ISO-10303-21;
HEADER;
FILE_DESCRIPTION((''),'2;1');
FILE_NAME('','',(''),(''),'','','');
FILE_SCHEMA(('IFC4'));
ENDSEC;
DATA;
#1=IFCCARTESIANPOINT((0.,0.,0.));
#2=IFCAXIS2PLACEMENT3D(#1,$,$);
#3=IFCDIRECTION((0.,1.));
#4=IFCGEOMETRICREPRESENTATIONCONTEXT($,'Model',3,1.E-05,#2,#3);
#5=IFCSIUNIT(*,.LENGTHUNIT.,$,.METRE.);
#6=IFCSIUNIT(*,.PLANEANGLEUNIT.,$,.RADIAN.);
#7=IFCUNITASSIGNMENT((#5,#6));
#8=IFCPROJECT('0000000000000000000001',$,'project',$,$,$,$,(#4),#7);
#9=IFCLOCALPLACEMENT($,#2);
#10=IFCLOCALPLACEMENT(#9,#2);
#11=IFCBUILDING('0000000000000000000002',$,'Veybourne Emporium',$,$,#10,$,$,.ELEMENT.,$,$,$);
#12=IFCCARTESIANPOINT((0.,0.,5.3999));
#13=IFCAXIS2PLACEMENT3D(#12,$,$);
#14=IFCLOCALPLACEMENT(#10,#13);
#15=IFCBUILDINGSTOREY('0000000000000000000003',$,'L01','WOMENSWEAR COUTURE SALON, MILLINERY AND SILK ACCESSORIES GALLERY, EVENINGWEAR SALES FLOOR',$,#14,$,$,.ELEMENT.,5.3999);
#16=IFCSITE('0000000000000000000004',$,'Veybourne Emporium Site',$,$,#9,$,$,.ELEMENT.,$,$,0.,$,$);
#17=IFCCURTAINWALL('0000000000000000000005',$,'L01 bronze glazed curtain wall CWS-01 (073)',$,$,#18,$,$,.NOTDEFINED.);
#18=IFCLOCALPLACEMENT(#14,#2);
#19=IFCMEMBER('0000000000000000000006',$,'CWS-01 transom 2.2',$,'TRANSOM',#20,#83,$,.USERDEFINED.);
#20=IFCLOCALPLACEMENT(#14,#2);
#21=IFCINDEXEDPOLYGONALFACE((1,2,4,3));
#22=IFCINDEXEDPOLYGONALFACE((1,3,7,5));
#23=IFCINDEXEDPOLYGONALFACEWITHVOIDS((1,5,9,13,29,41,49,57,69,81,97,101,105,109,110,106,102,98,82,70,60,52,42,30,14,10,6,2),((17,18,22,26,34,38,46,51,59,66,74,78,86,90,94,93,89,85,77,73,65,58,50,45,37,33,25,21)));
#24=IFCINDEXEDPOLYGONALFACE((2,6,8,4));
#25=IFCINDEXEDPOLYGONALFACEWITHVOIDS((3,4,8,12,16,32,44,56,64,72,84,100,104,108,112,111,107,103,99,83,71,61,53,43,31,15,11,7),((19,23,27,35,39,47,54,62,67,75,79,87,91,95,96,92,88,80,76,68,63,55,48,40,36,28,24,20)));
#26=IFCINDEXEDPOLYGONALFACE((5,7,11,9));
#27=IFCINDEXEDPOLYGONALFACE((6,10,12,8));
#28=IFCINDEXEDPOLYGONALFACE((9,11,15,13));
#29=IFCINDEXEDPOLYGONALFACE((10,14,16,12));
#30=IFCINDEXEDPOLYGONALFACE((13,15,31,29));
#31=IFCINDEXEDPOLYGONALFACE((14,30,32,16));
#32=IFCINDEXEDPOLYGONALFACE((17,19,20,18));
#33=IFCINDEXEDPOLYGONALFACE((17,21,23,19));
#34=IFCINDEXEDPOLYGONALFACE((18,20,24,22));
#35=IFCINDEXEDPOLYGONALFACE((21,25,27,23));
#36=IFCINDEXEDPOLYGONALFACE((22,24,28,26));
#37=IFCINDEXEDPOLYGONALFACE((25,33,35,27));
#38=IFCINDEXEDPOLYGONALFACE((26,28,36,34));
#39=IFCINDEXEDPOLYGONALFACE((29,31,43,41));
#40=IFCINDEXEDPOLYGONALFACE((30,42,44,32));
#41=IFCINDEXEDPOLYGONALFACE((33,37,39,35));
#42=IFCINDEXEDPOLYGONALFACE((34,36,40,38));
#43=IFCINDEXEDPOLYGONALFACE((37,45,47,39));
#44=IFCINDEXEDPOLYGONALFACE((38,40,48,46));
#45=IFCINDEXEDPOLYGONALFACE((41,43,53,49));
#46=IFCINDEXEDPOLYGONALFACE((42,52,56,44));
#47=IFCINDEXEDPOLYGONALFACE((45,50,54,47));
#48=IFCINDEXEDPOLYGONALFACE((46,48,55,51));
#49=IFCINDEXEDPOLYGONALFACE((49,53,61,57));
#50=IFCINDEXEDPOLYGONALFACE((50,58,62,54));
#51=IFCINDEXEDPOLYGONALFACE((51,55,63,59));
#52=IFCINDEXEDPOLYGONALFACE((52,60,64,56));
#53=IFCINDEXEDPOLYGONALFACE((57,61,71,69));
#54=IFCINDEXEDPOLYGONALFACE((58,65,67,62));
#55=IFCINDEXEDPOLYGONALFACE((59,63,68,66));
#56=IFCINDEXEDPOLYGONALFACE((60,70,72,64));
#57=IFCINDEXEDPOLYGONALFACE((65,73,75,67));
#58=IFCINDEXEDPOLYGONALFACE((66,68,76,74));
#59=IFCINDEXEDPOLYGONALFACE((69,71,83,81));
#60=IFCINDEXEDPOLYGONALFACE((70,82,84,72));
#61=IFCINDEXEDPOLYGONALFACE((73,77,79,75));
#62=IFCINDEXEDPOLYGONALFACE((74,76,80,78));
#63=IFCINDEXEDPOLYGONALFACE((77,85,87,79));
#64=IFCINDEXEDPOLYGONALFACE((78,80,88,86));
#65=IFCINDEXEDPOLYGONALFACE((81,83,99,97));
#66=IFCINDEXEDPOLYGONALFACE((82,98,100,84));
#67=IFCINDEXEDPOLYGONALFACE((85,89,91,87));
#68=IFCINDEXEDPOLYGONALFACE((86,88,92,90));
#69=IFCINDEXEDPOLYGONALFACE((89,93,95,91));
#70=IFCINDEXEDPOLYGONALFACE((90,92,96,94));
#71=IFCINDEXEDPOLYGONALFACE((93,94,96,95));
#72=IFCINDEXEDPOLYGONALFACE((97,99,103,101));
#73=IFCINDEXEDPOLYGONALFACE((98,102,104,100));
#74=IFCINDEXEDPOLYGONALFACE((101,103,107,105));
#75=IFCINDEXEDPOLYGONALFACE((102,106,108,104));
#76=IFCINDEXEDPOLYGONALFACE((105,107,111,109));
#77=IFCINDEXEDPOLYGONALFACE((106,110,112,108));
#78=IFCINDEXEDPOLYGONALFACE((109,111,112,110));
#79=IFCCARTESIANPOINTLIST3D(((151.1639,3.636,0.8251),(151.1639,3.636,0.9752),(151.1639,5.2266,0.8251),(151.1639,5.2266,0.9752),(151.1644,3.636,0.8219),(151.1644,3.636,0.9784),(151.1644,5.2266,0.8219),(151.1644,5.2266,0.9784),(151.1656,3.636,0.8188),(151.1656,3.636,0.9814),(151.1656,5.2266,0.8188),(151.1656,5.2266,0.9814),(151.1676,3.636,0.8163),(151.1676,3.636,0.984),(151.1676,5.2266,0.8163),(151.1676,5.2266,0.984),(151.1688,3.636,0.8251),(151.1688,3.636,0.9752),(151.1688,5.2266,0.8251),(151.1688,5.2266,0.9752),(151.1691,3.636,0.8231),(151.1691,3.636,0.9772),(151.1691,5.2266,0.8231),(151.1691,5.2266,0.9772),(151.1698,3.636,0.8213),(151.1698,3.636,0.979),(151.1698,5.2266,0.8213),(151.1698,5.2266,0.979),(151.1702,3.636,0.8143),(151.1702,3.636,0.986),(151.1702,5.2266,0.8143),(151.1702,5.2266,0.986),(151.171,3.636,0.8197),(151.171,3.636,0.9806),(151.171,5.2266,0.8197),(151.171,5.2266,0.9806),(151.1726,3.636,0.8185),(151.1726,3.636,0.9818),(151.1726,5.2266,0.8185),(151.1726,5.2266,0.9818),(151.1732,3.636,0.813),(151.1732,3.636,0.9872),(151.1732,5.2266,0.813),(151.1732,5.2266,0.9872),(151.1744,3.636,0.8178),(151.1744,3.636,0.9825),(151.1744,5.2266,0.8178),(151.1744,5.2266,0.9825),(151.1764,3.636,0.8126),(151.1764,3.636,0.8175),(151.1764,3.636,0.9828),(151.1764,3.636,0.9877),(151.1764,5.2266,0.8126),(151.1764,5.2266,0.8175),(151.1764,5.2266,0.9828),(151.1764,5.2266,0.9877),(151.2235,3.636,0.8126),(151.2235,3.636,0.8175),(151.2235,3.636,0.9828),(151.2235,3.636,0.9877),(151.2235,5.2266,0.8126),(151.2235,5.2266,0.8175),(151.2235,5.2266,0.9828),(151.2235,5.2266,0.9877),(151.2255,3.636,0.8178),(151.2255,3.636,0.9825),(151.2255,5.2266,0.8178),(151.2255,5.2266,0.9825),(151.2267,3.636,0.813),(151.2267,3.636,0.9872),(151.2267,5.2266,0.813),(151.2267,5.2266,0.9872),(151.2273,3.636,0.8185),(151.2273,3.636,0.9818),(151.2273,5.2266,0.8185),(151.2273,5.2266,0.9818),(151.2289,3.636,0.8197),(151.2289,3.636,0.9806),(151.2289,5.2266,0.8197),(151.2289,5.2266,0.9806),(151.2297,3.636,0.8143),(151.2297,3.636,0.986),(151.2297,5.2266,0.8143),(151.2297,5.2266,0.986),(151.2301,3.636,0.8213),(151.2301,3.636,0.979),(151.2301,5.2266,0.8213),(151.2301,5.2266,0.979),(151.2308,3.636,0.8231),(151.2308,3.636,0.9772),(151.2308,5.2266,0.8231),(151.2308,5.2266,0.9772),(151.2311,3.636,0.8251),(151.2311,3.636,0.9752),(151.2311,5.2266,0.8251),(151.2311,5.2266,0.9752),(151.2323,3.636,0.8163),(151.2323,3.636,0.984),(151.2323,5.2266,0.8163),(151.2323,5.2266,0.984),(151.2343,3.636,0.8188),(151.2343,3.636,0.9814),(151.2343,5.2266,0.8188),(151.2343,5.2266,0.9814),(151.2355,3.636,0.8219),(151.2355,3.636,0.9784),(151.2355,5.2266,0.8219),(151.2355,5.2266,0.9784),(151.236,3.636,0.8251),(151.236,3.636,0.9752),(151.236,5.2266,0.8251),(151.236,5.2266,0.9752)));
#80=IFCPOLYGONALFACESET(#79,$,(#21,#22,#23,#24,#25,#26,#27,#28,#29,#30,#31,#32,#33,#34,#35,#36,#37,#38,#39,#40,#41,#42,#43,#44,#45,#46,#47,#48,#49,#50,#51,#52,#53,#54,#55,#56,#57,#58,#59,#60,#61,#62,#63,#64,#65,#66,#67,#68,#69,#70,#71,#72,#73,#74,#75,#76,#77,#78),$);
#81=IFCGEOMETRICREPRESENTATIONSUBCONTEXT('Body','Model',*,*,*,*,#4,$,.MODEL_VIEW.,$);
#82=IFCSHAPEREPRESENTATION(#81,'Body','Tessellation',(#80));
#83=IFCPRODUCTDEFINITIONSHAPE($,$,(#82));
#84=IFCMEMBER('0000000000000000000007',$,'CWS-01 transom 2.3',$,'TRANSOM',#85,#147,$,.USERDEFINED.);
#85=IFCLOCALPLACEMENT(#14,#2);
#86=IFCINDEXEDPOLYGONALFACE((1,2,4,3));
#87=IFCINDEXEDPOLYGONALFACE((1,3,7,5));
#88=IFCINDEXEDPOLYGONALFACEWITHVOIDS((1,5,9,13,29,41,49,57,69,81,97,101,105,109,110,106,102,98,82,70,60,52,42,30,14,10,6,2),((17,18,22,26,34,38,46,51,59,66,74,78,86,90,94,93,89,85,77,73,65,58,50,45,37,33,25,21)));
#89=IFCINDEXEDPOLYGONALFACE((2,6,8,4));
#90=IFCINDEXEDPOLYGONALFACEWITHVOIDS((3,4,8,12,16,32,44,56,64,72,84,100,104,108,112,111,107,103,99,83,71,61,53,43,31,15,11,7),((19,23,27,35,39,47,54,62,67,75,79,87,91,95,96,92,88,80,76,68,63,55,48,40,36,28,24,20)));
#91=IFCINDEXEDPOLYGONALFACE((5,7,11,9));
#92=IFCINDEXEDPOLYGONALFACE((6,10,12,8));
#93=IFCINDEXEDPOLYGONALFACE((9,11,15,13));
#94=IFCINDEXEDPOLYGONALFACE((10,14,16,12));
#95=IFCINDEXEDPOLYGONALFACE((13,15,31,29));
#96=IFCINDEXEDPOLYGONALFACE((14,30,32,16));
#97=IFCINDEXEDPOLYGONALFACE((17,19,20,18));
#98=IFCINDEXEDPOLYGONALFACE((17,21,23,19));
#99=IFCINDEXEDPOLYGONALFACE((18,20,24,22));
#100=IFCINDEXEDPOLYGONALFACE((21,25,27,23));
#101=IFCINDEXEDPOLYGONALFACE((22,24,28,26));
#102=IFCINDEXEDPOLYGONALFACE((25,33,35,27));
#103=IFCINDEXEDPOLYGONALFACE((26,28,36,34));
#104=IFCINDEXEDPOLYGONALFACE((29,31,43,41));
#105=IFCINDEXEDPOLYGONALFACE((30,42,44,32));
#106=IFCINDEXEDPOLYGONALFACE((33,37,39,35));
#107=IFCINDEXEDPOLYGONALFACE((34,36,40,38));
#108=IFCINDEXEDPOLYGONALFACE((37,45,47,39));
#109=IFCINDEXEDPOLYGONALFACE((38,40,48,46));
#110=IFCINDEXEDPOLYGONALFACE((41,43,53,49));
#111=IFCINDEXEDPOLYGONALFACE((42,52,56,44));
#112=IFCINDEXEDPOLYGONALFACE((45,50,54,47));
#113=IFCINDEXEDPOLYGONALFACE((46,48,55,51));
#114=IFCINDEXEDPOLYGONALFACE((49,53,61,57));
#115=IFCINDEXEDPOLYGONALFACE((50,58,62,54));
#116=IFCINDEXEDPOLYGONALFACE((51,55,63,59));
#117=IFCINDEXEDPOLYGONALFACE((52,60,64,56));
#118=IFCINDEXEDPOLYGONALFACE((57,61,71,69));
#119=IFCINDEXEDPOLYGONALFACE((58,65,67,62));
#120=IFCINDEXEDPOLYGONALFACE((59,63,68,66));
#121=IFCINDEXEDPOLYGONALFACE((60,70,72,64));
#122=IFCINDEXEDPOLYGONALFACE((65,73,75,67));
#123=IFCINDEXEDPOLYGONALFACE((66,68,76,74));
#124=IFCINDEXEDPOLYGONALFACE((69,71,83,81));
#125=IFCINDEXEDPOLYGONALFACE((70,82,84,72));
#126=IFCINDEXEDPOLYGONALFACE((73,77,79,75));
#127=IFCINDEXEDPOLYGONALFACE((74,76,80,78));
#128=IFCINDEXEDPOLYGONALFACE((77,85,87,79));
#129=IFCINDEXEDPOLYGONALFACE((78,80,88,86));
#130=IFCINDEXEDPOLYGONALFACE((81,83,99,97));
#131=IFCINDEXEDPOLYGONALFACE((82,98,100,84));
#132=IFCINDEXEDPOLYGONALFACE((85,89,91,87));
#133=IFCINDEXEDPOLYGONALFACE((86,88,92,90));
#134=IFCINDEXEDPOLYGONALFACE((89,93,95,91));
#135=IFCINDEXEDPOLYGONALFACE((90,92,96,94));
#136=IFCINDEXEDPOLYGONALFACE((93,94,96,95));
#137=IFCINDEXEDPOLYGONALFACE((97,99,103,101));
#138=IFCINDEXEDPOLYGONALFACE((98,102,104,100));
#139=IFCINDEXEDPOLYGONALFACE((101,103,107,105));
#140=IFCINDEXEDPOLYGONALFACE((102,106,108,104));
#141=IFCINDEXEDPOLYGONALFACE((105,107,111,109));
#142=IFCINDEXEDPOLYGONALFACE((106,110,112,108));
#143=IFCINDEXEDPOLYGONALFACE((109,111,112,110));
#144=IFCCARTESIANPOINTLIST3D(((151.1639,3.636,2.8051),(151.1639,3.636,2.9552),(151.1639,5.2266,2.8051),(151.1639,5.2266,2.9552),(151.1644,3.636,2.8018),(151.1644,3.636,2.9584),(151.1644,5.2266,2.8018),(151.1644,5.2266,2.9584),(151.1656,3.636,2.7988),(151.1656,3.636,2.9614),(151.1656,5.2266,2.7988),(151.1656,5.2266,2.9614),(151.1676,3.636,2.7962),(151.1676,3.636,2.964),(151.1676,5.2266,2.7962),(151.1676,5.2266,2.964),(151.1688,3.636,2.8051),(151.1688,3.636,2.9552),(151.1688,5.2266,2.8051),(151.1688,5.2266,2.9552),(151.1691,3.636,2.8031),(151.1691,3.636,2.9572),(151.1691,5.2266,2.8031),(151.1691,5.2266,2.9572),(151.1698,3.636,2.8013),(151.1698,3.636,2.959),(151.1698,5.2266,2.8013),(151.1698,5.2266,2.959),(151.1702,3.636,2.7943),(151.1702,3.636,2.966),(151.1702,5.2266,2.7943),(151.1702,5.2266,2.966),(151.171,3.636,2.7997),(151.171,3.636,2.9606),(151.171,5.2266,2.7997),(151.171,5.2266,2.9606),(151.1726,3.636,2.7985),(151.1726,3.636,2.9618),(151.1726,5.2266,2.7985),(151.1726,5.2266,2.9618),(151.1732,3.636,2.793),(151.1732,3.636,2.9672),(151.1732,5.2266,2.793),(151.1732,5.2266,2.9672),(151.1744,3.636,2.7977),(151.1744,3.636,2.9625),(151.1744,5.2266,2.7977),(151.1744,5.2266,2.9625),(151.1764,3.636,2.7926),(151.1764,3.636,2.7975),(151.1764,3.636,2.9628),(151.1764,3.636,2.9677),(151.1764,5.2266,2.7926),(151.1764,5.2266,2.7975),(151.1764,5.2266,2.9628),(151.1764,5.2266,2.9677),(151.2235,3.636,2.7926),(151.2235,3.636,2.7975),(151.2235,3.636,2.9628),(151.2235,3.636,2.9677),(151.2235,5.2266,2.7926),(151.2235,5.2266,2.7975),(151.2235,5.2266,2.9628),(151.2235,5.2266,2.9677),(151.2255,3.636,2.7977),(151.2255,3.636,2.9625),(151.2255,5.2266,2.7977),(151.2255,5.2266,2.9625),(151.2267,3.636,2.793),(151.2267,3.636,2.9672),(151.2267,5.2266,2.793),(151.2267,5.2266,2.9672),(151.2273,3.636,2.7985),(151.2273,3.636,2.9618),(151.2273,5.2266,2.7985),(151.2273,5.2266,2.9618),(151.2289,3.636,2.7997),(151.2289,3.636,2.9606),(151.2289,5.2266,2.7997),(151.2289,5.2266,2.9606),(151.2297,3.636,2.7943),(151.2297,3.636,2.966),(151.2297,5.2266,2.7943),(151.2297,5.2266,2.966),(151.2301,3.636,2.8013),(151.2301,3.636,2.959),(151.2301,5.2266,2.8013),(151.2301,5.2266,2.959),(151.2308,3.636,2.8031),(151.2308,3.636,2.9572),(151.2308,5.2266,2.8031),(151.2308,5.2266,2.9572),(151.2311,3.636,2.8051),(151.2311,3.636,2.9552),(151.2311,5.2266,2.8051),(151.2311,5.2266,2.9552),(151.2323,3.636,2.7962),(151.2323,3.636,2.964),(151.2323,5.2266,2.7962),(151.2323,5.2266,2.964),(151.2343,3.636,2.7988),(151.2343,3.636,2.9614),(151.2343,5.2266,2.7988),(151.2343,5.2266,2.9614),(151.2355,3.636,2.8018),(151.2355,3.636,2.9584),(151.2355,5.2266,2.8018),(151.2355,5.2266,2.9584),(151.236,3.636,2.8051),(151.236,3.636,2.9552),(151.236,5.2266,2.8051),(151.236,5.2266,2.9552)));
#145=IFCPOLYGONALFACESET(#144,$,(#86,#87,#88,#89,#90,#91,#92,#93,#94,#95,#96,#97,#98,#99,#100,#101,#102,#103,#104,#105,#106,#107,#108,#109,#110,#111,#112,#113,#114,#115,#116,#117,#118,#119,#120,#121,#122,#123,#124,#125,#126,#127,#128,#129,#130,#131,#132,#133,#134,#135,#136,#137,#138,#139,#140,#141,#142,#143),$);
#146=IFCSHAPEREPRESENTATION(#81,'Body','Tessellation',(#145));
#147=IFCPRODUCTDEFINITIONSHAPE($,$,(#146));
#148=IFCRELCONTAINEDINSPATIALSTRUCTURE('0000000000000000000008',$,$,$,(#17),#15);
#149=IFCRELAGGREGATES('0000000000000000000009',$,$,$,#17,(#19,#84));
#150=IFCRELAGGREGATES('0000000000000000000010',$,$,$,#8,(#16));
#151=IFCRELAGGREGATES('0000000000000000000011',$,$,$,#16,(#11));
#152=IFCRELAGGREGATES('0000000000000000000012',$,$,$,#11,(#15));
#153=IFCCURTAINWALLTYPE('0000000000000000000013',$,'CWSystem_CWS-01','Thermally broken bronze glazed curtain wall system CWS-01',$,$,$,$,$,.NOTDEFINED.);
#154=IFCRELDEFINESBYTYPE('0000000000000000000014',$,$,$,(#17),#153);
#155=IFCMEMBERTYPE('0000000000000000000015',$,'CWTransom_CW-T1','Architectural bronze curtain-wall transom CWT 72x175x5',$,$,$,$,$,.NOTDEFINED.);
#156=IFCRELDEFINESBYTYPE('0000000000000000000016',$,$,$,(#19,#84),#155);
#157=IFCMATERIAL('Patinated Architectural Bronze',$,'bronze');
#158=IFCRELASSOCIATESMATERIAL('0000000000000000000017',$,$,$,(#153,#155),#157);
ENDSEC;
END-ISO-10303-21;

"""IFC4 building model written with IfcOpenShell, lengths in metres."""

from ifc_helpers import new_model, si_unit, direction, frame, origin, origin_2d, place, context, subcontext, project, spatial, hollow_rectangle, extrude, material, material_profile, profile_set, type_object, element, aggregate, save


model = new_model("IFC4")

# Units and contexts
model_context = context("Model", 3, precision=1e-05, world=origin(), true_north=direction((0.0, 1.0)))
body_context = subcontext(model_context, "Body", "Model", "MODEL_VIEW")
ifc_project = project(units=[si_unit("LENGTHUNIT", "METRE"), si_unit("PLANEANGLEUNIT", "RADIAN")], contexts=[model_context])

# Site, building, storey
site_placement = place(None, origin())
site = spatial("IfcSite", under=ifc_project, at=site_placement, Name="Veybourne Emporium Site", CompositionType="ELEMENT", RefElevation=0.0)
building_placement = place(site_placement, origin())
building = spatial("IfcBuilding", under=site, at=building_placement, Name="Veybourne Emporium", CompositionType="ELEMENT")
storey_placement = place(building_placement, frame((0.0, 0.0, 5.3999)))
storey = spatial("IfcBuildingStorey", under=building, at=storey_placement, Name="L01", Description="WOMENSWEAR COUTURE SALON, MILLINERY AND SILK ACCESSORIES GALLERY, EVENINGWEAR SALES FLOOR", CompositionType="ELEMENT", Elevation=5.3999)

# Curtain wall, members
ifc_material_1 = material(Name="Patinated Architectural Bronze", Category="bronze")
curtain_wall_type = type_object("IfcCurtainWallType", Name="CWSystem_CWS-01", Description="Thermally broken bronze glazed curtain wall system CWS-01", PredefinedType="NOTDEFINED", material=ifc_material_1)
curtain_wall_placement = place(storey_placement, origin())
curtain_wall = element("IfcCurtainWall", 1, at=curtain_wall_placement, inside=storey, type_object=curtain_wall_type, Name="L01 bronze glazed curtain wall CWS-01 (073)", PredefinedType="NOTDEFINED")
ifc_material_profile_1 = material_profile(ifc_material_1, hollow_rectangle(XDim=0.072, YDim=0.175, WallThickness=0.0049, InnerFilletRadius=0.0076, OuterFilletRadius=0.0125, at=origin_2d()), Name="CWT 72x175x5")
ifc_profile_set_1 = profile_set([ifc_material_profile_1], Name="Patinated Architectural Bronze")
member_type_1 = type_object("IfcMemberType", Name="CWTransom_CW-T1", Description="Architectural bronze curtain-wall transom CWT 72x175x5", PredefinedType="NOTDEFINED", material=ifc_profile_set_1)
member_1_placement = place(storey_placement, frame((151.2, 5.2266, 0.9001), z_axis=(0.0, -1.0, 0.0), x_axis=(1.0, 0.0, 0.0)))
member_1 = element("IfcMember", 2, at=member_1_placement, type_object=member_type_1, Name="CWS-01 transom 2.2", ObjectType="TRANSOM", PredefinedType="USERDEFINED", context=body_context, shape_type="SweptSolid", body=[
    extrude(hollow_rectangle(XDim=0.072, YDim=0.175, WallThickness=0.0049, InnerFilletRadius=0.0076, OuterFilletRadius=0.0125, at=origin_2d()), origin(), (0.0, 0.0, 1.0), 1.5906),
])
member_2_placement = place(storey_placement, frame((151.2, 5.2266, 2.8801), z_axis=(0.0, -1.0, 0.0), x_axis=(1.0, 0.0, 0.0)))
member_2 = element("IfcMember", 3, at=member_2_placement, type_object=member_type_1, Name="CWS-01 transom 2.3", ObjectType="TRANSOM", PredefinedType="USERDEFINED", context=body_context, shape_type="SweptSolid", body=[
    extrude(hollow_rectangle(XDim=0.072, YDim=0.175, WallThickness=0.0049, InnerFilletRadius=0.0076, OuterFilletRadius=0.0125, at=origin_2d()), origin(), (0.0, 0.0, 1.0), 1.5906),
])
aggregate(curtain_wall, [member_1, member_2])

save(model, "model.ifc")
